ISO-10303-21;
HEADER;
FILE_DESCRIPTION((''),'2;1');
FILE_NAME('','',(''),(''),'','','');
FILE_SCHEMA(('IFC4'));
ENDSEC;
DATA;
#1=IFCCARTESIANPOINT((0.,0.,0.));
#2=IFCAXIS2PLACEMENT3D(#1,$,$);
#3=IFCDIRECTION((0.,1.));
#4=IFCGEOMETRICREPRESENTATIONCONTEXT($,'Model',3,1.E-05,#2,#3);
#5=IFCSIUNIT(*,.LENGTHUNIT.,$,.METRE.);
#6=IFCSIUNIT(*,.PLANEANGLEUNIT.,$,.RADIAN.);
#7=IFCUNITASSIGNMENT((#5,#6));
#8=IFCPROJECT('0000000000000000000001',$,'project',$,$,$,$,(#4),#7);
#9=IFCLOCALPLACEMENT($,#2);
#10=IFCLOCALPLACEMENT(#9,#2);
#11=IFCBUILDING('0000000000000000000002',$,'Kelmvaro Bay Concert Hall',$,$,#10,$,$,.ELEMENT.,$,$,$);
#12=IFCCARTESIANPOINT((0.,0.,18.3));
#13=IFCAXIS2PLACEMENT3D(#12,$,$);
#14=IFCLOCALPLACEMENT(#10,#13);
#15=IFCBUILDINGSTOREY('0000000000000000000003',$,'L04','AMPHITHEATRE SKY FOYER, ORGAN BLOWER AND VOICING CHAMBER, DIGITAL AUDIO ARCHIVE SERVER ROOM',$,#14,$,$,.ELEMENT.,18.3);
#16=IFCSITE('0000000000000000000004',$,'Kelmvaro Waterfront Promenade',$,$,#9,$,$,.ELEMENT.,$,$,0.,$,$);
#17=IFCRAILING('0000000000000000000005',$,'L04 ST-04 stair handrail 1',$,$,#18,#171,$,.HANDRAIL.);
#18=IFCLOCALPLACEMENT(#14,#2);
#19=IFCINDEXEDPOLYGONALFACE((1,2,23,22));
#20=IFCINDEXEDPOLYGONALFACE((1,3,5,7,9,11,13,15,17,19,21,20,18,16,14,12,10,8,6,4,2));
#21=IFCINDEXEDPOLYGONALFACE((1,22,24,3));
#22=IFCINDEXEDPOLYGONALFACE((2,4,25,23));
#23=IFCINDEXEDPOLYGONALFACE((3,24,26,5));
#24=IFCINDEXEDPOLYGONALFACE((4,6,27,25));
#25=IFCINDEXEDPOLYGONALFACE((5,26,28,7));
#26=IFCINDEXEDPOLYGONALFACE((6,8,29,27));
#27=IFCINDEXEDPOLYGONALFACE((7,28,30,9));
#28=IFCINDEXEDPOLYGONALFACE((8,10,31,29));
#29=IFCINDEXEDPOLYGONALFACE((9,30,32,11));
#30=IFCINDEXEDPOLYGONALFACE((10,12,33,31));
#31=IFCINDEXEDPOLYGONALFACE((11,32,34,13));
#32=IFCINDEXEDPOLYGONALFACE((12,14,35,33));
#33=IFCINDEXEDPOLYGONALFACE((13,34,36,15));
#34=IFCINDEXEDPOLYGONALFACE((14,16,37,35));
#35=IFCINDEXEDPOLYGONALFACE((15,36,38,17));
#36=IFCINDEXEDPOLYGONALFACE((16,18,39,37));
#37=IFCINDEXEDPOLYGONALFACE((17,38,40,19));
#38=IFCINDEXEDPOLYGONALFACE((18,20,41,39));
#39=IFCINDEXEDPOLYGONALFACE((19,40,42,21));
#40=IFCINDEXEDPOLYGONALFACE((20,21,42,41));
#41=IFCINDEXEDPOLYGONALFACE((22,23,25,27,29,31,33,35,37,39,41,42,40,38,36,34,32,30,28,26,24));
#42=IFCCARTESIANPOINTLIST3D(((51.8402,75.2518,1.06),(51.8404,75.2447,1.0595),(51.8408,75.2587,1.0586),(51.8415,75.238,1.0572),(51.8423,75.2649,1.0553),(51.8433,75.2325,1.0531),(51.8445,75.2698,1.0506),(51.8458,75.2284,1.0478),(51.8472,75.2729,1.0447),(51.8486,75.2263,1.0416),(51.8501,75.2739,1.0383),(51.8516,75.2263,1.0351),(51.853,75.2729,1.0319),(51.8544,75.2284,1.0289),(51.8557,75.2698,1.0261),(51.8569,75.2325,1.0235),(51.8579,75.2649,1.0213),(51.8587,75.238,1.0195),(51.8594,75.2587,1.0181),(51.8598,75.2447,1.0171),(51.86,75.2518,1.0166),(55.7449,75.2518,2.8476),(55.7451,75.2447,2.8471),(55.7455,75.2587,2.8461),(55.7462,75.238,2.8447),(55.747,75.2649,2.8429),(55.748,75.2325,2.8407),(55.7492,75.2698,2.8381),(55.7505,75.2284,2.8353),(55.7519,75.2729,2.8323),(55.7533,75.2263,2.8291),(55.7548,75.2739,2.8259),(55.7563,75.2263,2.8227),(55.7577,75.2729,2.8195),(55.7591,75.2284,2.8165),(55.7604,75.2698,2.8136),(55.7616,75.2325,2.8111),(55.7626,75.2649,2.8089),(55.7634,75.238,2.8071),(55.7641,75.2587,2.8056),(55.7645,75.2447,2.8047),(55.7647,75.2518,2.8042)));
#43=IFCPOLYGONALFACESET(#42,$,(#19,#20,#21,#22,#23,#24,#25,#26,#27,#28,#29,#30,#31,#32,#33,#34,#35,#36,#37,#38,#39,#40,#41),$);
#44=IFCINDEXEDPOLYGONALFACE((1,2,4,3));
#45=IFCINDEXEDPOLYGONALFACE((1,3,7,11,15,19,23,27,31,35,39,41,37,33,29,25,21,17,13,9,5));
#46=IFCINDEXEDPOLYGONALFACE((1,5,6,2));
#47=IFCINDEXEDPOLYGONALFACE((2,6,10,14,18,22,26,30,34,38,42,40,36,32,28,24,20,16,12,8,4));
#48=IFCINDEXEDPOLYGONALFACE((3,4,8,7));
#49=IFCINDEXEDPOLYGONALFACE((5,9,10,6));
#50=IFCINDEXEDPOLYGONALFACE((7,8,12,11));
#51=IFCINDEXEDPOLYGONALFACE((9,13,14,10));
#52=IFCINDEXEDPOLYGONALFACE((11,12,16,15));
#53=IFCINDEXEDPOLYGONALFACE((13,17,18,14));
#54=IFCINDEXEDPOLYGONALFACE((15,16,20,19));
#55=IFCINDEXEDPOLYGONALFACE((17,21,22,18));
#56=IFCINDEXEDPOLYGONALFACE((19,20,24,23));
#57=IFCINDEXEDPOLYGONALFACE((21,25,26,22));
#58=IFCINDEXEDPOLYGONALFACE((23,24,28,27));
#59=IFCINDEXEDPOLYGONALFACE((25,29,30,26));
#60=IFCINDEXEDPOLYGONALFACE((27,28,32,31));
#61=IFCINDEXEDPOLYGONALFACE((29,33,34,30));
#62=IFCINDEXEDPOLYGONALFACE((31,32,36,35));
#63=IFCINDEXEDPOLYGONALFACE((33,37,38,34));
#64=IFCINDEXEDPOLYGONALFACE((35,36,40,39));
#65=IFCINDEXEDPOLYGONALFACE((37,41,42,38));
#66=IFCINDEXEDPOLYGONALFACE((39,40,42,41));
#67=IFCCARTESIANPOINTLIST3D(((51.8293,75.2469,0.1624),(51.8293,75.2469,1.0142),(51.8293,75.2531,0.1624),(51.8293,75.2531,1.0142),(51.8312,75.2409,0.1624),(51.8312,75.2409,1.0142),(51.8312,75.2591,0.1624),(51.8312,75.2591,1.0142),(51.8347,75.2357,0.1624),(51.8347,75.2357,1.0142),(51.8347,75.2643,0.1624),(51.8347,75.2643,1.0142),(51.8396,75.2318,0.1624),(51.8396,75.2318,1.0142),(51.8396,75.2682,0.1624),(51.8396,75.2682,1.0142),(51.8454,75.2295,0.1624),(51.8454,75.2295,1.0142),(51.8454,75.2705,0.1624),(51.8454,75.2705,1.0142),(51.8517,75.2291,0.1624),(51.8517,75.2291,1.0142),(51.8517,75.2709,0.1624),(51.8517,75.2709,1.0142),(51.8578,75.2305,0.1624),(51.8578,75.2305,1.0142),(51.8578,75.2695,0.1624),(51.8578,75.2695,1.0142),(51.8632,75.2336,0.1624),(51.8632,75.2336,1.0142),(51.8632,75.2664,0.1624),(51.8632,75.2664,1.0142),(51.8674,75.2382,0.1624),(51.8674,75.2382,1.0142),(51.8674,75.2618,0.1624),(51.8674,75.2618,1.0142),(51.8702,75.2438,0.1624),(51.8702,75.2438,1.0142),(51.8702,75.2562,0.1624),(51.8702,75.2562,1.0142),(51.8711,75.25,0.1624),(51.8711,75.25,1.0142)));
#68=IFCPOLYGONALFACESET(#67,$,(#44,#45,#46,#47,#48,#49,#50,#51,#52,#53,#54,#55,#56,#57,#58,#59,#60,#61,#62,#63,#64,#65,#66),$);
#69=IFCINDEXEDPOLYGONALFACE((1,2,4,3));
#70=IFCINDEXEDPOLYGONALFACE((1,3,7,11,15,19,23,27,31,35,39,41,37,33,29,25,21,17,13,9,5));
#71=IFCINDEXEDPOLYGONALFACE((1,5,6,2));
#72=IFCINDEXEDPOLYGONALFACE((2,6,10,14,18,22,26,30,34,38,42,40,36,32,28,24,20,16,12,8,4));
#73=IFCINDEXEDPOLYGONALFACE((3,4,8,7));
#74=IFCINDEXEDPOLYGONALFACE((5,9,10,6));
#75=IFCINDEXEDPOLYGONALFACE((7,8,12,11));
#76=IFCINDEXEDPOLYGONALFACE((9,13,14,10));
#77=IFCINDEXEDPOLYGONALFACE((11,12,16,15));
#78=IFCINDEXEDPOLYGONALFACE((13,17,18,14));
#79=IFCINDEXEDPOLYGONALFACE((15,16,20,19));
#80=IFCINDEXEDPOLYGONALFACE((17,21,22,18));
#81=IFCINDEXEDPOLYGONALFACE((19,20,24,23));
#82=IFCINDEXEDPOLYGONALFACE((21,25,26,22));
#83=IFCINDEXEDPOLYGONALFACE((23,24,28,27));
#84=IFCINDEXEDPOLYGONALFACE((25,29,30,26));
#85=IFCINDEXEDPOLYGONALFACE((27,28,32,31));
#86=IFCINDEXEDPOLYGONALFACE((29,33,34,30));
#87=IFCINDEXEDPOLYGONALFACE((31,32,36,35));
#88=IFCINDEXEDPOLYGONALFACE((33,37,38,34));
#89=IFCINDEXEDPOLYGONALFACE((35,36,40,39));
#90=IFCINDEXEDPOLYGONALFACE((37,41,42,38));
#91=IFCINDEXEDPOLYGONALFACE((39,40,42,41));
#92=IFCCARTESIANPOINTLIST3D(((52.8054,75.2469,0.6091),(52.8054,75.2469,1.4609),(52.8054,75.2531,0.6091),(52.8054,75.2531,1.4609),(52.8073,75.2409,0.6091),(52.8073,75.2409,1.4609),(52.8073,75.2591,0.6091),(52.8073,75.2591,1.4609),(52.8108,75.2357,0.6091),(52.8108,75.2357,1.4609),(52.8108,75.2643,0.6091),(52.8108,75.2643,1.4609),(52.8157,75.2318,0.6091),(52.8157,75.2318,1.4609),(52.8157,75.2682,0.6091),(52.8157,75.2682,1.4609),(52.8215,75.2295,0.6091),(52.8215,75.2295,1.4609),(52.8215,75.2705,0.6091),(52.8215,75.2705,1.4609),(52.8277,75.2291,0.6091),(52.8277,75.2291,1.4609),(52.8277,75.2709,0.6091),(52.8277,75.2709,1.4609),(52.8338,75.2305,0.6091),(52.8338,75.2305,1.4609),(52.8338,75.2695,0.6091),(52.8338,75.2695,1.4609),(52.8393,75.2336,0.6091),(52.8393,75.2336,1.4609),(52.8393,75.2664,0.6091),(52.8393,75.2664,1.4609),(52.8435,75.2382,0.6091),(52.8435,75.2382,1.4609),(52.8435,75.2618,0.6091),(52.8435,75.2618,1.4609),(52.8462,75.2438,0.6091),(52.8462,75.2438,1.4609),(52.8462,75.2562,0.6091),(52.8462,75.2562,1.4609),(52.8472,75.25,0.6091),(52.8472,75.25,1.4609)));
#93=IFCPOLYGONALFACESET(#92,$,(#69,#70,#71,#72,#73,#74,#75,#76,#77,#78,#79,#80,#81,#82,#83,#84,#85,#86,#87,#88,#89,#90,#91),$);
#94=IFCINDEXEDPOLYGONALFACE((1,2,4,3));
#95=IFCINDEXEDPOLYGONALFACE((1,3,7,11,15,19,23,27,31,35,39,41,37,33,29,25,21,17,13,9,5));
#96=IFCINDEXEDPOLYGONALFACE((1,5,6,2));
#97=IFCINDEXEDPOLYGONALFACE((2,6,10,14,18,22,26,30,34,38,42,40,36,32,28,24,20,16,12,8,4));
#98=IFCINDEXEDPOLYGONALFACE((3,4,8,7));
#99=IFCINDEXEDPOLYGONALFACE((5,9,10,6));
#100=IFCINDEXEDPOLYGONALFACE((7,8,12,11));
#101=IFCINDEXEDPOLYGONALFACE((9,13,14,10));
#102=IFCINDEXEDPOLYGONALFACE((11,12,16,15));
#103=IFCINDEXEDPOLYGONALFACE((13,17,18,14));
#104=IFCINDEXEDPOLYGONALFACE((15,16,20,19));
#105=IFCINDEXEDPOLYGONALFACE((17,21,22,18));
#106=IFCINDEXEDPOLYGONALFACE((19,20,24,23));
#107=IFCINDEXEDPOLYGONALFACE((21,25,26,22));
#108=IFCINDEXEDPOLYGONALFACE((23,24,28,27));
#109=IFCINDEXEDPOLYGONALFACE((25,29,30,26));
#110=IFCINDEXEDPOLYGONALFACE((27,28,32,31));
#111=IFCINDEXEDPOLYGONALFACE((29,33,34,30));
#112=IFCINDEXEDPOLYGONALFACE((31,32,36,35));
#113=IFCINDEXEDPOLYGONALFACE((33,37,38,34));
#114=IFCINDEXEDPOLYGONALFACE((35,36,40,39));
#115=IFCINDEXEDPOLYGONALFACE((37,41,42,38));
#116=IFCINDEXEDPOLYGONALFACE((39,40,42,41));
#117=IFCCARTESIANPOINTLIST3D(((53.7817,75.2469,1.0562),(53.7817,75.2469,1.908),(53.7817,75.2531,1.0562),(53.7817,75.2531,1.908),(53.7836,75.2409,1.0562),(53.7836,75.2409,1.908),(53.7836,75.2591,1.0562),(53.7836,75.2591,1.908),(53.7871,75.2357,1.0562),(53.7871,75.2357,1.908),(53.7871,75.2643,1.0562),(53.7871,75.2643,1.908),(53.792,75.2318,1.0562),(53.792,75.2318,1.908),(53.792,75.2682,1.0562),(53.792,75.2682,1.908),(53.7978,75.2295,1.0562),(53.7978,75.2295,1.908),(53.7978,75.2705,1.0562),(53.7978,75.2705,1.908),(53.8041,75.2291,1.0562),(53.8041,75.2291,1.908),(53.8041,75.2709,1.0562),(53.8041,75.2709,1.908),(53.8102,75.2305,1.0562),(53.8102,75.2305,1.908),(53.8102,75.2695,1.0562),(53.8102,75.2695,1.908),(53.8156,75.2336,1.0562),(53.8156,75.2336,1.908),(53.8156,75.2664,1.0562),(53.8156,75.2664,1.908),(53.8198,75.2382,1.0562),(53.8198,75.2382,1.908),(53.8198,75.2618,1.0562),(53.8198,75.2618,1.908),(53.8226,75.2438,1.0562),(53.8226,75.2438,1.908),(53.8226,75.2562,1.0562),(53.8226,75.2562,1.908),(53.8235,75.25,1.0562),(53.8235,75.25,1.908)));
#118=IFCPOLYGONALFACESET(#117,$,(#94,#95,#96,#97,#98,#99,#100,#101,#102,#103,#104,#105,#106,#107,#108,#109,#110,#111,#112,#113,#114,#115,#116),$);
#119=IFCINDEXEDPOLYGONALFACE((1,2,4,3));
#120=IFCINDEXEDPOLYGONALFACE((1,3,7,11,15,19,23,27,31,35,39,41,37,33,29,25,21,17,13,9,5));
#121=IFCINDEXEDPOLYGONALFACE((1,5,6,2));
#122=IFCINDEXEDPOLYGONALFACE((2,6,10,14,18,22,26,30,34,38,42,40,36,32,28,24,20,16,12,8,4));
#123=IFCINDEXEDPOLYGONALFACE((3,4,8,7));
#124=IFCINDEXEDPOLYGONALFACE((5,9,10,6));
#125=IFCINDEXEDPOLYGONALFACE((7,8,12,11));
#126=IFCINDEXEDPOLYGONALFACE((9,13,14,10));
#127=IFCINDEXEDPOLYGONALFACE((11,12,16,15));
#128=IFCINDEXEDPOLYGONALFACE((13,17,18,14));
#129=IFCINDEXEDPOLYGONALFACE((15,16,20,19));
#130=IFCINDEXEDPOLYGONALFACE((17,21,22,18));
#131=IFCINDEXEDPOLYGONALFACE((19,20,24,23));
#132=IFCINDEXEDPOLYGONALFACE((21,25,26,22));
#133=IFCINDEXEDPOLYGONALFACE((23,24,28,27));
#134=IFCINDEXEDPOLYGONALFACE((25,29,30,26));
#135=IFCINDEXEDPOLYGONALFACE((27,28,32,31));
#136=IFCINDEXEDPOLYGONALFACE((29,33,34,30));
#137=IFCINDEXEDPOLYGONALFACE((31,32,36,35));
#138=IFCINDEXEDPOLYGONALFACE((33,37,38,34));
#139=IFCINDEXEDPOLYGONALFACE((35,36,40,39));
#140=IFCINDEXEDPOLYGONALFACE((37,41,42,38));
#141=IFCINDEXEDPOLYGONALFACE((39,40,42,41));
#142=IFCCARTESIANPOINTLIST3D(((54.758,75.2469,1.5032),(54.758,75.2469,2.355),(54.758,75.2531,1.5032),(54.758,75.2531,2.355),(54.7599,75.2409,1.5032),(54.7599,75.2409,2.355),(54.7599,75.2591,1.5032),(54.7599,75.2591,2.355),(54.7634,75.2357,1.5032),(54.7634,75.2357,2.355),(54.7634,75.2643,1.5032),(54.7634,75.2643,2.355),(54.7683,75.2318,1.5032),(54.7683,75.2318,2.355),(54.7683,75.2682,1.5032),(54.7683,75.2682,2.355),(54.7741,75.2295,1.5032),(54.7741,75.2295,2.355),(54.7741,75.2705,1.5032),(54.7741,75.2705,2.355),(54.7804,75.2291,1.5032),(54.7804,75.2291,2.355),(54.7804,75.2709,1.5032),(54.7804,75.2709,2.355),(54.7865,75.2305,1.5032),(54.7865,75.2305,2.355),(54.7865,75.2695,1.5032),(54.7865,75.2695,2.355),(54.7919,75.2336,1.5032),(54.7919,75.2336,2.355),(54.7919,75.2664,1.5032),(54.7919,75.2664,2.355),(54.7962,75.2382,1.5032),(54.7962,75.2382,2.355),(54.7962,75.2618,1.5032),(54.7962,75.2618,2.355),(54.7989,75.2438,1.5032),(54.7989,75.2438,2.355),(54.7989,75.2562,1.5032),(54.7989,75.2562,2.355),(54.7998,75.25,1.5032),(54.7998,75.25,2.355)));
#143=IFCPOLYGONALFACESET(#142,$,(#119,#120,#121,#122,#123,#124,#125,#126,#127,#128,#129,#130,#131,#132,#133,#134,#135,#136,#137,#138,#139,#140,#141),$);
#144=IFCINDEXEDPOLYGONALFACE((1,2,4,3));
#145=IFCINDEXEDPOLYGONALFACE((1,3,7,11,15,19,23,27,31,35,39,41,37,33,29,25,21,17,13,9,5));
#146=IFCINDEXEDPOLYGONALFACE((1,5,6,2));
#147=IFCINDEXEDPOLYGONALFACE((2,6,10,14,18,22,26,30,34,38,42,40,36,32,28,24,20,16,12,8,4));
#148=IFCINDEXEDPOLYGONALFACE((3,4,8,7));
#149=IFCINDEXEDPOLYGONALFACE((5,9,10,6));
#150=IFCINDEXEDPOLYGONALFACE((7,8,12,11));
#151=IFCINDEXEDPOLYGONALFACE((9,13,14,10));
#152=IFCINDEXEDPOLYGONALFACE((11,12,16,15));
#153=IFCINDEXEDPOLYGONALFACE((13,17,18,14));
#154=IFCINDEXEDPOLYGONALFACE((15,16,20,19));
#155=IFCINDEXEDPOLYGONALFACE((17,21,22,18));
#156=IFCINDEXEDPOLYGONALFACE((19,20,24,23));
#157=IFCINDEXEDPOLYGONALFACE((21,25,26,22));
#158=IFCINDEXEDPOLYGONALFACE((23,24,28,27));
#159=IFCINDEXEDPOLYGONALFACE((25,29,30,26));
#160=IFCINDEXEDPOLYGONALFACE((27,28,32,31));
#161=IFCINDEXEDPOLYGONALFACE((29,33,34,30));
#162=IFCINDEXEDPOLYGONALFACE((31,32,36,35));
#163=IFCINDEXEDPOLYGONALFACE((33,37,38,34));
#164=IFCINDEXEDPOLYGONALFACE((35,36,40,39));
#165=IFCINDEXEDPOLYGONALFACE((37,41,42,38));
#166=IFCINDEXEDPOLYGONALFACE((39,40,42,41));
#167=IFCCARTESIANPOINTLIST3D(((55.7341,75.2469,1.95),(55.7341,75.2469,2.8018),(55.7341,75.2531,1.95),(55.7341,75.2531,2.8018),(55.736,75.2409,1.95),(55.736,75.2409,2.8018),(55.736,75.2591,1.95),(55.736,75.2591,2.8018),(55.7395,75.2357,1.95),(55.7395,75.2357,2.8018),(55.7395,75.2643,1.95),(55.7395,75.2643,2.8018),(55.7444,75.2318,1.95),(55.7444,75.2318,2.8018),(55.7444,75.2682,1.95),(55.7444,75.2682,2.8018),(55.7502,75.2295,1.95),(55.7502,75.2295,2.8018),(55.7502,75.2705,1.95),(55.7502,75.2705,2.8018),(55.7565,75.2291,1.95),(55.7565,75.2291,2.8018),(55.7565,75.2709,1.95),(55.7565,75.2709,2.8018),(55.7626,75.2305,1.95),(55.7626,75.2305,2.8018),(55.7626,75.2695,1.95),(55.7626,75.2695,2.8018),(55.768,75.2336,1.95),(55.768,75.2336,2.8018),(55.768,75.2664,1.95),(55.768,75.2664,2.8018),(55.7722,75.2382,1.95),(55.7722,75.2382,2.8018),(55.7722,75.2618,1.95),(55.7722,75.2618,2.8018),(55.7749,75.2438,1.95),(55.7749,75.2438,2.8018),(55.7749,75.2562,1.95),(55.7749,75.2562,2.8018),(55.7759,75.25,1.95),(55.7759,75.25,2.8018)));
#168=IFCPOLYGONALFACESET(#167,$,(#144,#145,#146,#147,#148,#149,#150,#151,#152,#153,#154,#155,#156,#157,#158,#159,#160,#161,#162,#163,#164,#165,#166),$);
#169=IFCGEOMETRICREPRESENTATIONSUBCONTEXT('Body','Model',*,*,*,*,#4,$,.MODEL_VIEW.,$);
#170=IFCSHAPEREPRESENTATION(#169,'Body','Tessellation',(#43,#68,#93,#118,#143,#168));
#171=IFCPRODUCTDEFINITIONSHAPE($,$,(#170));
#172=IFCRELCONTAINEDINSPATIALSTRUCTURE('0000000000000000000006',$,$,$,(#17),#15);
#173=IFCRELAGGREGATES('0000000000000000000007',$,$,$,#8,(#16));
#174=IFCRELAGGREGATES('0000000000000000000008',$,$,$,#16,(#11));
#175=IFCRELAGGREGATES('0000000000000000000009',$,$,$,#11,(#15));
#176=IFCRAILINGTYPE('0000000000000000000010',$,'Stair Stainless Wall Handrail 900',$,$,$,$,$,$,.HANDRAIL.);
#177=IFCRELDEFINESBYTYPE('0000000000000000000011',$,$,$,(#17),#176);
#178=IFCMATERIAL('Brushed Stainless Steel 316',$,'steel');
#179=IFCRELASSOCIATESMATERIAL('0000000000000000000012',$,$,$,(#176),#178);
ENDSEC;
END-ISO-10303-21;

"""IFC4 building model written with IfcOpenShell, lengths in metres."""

from ifc_helpers import new_model, si_unit, direction, frame, origin, origin_2d, place, context, subcontext, project, spatial, circle, extrude, material, type_object, element, save


model = new_model("IFC4")

# Units and contexts
model_context = context("Model", 3, precision=1e-05, world=origin(), true_north=direction((0.0, 1.0)))
body_context = subcontext(model_context, "Body", "Model", "MODEL_VIEW")
ifc_project = project(units=[si_unit("LENGTHUNIT", "METRE"), si_unit("PLANEANGLEUNIT", "RADIAN")], contexts=[model_context])

# Site, building, storey
site_placement = place(None, origin())
site = spatial("IfcSite", under=ifc_project, at=site_placement, Name="Kelmvaro Waterfront Promenade", CompositionType="ELEMENT", RefElevation=0.0)
building_placement = place(site_placement, origin())
building = spatial("IfcBuilding", under=site, at=building_placement, Name="Kelmvaro Bay Concert Hall", CompositionType="ELEMENT")
storey_placement = place(building_placement, frame((0.0, 0.0, 18.3)))
storey = spatial("IfcBuildingStorey", under=building, at=storey_placement, Name="L04", Description="AMPHITHEATRE SKY FOYER, ORGAN BLOWER AND VOICING CHAMBER, DIGITAL AUDIO ARCHIVE SERVER ROOM", CompositionType="ELEMENT", Elevation=18.3)

# Railing
ifc_material_1 = material(Name="Brushed Stainless Steel 316", Category="steel")
railing_type_1 = type_object("IfcRailingType", Name="Stair Stainless Wall Handrail 900", PredefinedType="HANDRAIL", material=ifc_material_1)
railing_1_placement = place(storey_placement, frame((51.8501, 75.25, 0.1624)))
element("IfcRailing", 1, at=railing_1_placement, inside=storey, type_object=railing_type_1, Name="L04 ST-04 stair handrail 1", PredefinedType="HANDRAIL", context=body_context, shape_type="SweptSolid", body=[
    extrude(circle(Radius=0.0239, at=origin_2d()), frame((0.0, 0.0, 0.876), z_axis=(0.90925, 0.0, 0.416251), x_axis=(0.0, 1.0, 0.0)), (0.0, 0.0, 1.0), 4.2944),
    extrude(circle(Radius=0.021, at=origin_2d()), origin(), (0.0, 0.0, 1.0), 0.8518),
    extrude(circle(Radius=0.021, at=origin_2d()), frame((0.9761, 0.0, 0.4468)), (0.0, 0.0, 1.0), 0.8518),
    extrude(circle(Radius=0.021, at=origin_2d()), frame((1.9524, 0.0, 0.8938)), (0.0, 0.0, 1.0), 0.8518),
    extrude(circle(Radius=0.021, at=origin_2d()), frame((2.9287, 0.0, 1.3408)), (0.0, 0.0, 1.0), 0.8518),
    extrude(circle(Radius=0.021, at=origin_2d()), frame((3.9048, 0.0, 1.7876)), (0.0, 0.0, 1.0), 0.8518),
])

save(model, "model.ifc")
